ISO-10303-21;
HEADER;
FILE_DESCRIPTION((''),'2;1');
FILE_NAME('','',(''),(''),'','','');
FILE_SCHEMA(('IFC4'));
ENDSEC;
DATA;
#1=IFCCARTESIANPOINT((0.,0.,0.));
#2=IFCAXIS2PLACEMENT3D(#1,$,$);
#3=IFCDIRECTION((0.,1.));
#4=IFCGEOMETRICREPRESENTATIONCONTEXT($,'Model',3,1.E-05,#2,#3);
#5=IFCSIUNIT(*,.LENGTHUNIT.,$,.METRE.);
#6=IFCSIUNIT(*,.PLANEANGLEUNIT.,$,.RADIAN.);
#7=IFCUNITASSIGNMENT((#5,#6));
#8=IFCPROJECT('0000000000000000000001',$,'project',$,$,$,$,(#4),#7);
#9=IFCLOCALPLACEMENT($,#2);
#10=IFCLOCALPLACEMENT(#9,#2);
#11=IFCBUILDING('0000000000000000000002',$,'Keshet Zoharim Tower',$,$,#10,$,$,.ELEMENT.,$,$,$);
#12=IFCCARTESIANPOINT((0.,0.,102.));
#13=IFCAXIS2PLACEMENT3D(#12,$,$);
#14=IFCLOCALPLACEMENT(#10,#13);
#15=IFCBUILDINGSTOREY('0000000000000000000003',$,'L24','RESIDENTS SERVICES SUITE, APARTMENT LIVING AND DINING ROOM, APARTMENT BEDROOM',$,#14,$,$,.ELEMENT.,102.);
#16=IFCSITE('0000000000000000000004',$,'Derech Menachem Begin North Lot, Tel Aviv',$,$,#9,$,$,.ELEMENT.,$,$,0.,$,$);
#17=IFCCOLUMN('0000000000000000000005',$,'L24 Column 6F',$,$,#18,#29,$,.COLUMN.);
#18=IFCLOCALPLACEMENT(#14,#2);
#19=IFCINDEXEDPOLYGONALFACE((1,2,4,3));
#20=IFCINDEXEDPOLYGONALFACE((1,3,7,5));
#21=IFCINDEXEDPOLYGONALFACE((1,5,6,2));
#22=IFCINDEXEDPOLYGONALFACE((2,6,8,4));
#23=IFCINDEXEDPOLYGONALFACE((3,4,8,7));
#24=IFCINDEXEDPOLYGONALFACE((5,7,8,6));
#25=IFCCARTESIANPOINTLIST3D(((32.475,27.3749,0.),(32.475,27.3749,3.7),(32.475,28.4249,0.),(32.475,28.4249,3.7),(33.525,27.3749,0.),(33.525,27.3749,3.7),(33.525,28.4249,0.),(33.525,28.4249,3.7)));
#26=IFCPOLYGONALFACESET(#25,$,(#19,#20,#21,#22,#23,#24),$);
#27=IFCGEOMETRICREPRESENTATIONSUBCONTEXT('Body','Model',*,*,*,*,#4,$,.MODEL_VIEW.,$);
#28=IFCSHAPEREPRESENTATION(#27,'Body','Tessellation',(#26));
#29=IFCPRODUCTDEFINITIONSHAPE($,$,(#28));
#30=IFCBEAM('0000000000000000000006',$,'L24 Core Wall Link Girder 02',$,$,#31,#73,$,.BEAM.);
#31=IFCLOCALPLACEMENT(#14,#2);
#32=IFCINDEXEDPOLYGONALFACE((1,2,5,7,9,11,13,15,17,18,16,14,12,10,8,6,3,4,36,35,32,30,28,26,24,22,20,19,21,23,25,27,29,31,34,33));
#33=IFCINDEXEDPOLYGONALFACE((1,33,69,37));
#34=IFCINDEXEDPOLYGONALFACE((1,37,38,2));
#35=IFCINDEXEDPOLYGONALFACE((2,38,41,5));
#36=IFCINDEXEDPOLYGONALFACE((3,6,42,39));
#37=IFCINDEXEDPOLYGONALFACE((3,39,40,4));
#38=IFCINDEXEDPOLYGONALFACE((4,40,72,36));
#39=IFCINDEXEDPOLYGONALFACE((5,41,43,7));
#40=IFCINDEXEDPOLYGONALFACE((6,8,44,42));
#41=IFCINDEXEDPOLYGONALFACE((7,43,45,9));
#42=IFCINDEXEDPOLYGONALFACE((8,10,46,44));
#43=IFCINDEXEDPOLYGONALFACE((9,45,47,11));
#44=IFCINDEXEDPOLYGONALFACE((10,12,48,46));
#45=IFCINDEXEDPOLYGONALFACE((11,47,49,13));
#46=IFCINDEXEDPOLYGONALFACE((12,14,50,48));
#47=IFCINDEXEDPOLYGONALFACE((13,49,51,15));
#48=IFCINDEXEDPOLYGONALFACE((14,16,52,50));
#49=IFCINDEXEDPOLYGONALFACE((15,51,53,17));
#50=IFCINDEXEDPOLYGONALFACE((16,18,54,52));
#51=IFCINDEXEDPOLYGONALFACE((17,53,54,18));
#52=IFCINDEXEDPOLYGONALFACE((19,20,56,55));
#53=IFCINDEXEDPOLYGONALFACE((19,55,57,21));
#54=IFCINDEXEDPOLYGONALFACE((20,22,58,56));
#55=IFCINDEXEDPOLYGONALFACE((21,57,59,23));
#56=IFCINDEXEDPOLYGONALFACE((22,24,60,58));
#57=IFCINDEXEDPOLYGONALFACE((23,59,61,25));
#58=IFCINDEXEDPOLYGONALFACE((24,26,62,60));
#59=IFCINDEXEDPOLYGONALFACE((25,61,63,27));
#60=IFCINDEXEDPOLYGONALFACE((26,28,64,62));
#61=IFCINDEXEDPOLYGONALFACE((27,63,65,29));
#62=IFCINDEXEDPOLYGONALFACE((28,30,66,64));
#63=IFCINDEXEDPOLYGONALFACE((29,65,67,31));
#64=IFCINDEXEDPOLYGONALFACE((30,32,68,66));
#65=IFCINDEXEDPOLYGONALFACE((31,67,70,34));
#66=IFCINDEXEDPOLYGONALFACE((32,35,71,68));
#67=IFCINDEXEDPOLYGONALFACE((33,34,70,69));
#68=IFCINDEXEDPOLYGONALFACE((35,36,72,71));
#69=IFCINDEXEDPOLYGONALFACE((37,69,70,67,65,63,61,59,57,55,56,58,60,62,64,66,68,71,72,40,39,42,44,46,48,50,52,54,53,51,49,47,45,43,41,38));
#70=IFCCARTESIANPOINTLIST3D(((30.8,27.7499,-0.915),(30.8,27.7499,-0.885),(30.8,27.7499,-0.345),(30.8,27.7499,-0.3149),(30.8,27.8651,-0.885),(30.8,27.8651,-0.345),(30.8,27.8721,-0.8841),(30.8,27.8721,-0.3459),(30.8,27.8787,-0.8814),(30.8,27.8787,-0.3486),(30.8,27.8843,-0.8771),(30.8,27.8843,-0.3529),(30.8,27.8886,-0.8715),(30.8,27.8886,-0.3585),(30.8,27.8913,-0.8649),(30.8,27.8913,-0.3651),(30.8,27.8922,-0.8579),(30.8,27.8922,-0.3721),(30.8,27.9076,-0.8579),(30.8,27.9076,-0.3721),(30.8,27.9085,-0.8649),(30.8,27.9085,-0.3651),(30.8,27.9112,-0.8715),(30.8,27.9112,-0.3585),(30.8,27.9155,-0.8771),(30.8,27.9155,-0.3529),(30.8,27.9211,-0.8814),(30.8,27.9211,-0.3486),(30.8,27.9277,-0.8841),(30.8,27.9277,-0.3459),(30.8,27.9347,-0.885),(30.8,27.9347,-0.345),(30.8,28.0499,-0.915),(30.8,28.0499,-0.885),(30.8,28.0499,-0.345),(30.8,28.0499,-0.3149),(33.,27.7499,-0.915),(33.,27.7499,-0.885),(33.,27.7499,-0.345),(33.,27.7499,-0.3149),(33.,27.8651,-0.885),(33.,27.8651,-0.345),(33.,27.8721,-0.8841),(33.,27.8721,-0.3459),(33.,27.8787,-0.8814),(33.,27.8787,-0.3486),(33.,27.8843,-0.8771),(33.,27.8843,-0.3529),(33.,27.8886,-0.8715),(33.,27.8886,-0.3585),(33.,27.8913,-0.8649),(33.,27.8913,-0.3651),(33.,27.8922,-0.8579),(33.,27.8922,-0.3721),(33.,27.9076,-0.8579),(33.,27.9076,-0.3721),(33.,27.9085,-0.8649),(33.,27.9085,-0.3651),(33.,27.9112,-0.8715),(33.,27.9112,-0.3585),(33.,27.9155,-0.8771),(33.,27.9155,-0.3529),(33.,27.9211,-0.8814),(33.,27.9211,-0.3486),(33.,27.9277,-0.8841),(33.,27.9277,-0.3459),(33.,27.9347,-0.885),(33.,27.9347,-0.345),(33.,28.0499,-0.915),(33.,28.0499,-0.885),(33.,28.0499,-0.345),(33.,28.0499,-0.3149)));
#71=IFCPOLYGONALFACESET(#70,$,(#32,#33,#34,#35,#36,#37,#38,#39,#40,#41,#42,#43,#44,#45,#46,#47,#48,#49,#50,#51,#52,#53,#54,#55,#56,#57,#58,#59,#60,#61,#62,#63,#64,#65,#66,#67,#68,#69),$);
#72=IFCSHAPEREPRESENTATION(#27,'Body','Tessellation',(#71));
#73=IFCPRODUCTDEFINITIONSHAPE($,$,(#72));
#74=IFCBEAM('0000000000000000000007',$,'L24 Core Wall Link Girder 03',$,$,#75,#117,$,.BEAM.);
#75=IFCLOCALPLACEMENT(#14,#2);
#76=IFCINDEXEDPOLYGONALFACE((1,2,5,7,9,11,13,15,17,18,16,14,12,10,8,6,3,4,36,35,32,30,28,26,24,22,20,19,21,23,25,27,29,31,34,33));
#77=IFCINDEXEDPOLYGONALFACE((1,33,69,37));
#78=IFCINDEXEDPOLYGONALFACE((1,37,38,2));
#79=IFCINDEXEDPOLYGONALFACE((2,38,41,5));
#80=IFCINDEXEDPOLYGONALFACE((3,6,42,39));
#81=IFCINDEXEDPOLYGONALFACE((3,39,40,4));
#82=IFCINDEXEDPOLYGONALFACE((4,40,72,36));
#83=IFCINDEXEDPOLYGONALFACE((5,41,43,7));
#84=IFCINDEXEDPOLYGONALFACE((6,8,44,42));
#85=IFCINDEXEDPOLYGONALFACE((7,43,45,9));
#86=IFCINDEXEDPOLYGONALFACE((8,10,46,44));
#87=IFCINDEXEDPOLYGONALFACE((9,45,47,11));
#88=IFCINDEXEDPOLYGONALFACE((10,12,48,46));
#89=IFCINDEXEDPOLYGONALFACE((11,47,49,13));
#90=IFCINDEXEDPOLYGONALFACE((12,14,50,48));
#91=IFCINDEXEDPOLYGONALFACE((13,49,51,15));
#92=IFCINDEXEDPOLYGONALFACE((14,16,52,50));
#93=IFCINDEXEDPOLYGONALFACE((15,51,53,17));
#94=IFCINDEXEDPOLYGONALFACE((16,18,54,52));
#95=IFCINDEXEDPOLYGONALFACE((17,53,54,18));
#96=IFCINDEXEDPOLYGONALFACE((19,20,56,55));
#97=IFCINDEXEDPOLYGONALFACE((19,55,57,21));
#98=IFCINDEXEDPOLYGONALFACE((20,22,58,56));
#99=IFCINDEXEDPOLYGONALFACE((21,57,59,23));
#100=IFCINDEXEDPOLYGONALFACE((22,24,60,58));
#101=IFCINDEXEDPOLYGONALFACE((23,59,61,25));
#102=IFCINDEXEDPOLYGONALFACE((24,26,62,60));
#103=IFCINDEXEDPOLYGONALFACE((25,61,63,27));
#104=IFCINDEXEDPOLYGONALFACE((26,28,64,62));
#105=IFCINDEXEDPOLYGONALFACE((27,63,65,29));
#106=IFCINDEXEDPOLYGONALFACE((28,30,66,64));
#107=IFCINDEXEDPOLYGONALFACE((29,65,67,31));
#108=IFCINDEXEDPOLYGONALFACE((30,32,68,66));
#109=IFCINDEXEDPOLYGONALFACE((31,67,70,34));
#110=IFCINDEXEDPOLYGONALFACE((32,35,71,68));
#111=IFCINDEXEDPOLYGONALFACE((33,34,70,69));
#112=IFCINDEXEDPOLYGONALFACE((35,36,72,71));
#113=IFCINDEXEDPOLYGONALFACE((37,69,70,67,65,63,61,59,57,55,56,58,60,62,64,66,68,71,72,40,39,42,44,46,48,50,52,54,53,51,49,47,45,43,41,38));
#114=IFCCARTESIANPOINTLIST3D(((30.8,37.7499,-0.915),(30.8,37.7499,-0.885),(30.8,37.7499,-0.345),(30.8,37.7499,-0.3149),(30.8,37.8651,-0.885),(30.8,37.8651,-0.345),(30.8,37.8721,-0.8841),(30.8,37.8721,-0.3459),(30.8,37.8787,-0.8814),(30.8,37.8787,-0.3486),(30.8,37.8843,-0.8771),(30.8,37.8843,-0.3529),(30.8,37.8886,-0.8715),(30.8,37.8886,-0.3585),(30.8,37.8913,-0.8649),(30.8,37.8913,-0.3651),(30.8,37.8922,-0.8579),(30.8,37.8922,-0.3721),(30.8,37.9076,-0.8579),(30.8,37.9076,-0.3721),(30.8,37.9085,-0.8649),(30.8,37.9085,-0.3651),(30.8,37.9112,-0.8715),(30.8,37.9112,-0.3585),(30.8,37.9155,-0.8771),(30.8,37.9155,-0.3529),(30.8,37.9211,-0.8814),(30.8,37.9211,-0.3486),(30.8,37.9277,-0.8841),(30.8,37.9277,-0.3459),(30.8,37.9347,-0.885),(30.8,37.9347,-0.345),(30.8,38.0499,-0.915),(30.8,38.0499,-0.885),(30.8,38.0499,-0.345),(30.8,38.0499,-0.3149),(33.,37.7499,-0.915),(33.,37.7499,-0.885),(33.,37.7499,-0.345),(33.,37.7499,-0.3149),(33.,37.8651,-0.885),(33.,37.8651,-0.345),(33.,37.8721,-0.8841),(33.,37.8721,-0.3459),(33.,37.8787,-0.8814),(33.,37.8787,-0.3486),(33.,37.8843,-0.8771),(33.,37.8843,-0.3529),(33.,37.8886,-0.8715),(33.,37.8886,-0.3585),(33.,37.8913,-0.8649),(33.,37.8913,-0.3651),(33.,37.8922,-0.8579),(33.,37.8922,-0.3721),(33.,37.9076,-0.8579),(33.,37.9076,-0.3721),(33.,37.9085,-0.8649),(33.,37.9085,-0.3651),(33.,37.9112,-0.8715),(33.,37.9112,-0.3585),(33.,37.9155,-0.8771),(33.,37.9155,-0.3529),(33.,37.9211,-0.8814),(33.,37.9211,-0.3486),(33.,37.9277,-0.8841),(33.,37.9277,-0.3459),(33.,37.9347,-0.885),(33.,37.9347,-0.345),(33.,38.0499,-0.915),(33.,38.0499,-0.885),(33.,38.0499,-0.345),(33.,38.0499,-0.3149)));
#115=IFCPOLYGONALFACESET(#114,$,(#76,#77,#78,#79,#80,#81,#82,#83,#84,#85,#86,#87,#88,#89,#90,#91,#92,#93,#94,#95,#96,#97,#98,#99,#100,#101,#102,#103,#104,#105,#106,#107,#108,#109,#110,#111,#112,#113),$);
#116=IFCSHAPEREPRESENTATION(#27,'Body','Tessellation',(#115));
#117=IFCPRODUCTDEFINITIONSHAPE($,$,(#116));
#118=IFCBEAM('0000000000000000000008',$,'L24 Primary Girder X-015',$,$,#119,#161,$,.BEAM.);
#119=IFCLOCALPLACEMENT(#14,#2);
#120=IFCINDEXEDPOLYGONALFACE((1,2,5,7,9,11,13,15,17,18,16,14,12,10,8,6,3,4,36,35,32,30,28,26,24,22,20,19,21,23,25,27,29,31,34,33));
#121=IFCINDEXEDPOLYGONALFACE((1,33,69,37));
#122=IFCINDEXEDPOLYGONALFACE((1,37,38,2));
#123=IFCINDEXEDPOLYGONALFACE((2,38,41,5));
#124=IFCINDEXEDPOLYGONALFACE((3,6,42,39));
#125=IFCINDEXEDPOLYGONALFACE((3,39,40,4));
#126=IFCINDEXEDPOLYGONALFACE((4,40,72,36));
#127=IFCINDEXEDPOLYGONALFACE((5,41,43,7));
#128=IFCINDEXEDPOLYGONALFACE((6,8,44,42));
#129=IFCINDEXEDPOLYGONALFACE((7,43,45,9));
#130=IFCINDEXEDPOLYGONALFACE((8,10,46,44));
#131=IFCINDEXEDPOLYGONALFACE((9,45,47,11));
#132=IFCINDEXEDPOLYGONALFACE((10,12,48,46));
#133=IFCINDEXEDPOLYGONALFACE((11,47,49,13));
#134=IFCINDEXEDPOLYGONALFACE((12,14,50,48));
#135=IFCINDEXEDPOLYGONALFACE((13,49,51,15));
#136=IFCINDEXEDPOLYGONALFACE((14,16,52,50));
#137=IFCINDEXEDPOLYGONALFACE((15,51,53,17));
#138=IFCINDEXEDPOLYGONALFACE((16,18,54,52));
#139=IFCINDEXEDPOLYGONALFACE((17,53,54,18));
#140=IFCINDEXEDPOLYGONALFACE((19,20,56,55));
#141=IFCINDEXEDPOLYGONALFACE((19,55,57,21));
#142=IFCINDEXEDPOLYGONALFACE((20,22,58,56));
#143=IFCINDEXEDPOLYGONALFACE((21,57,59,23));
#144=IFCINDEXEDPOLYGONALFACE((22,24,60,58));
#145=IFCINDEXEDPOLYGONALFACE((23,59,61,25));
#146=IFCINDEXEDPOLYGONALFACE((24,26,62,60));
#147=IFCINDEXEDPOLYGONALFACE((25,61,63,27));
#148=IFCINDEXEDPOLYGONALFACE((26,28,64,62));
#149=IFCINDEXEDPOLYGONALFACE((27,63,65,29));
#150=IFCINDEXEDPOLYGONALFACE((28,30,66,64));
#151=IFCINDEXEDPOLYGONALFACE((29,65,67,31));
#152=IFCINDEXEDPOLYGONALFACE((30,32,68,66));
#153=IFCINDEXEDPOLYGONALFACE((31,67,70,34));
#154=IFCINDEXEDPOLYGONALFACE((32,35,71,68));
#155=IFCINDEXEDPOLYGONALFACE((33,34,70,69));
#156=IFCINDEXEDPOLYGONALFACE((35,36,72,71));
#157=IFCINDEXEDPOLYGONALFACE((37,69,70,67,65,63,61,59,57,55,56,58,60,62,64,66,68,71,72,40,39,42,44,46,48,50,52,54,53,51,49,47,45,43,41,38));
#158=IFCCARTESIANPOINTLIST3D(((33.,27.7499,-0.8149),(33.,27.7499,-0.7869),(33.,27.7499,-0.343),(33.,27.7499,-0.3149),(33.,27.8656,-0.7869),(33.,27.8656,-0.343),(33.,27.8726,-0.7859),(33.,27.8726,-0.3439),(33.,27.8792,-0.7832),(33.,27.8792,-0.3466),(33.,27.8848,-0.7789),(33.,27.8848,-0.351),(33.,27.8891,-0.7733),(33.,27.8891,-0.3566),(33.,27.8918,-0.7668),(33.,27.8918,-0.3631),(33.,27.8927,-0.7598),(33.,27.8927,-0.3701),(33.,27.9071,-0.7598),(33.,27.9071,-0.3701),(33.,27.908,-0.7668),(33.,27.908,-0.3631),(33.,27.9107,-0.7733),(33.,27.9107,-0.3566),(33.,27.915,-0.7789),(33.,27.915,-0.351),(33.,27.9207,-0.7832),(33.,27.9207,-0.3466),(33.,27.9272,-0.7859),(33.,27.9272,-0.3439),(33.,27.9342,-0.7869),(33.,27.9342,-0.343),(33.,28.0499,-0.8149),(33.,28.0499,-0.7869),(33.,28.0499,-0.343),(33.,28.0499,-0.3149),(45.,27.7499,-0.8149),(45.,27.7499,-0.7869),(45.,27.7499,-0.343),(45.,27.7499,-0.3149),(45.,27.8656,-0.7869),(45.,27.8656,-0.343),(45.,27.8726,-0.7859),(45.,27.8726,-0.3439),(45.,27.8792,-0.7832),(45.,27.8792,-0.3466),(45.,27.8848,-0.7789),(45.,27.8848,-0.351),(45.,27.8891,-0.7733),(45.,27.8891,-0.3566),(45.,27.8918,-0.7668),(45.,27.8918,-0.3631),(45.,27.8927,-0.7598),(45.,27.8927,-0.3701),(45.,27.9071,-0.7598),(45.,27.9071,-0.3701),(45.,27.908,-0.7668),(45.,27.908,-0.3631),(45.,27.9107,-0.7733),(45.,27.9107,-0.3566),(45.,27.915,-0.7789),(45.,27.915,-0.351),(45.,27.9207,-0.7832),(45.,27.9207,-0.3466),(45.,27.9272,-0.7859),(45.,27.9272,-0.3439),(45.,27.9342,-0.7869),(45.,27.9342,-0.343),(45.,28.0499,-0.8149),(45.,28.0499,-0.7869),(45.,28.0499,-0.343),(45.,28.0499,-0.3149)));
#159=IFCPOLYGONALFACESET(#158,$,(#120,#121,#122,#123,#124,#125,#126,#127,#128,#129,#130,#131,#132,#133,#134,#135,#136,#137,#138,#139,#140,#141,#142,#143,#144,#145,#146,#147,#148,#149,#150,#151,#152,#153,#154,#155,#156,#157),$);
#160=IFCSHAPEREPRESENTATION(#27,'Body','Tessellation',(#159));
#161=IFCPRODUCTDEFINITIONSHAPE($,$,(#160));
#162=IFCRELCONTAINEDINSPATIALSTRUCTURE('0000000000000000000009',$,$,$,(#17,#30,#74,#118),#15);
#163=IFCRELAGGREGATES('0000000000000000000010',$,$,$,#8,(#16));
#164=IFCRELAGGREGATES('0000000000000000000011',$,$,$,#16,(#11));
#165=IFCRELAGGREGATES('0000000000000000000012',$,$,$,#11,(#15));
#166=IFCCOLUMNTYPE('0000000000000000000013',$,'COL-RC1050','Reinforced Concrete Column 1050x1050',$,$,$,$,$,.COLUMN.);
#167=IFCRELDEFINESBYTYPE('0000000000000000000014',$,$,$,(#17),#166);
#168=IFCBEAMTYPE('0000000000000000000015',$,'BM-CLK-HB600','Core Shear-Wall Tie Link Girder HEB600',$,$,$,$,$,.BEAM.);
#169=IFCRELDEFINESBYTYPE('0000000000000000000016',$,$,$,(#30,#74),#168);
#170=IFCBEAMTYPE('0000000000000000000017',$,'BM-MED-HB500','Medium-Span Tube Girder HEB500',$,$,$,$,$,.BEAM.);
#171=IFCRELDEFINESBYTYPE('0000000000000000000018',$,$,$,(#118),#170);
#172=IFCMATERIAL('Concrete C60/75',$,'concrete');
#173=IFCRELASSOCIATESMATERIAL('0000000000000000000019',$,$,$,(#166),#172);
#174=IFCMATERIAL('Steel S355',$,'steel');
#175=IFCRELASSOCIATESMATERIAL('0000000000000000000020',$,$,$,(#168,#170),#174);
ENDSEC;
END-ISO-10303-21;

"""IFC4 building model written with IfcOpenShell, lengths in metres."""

from ifc_helpers import new_model, si_unit, direction, frame, origin, origin_2d, place, context, subcontext, project, spatial, rectangle, i_section, extrude, material, material_profile, profile_set, type_object, element, save


model = new_model("IFC4")

# Units and contexts
model_context = context("Model", 3, precision=1e-05, world=origin(), true_north=direction((0.0, 1.0)))
body_context = subcontext(model_context, "Body", "Model", "MODEL_VIEW")
ifc_project = project(units=[si_unit("LENGTHUNIT", "METRE"), si_unit("PLANEANGLEUNIT", "RADIAN")], contexts=[model_context])

# Site, building, storey
site_placement = place(None, origin())
site = spatial("IfcSite", under=ifc_project, at=site_placement, Name="Derech Menachem Begin North Lot, Tel Aviv", CompositionType="ELEMENT", RefElevation=0.0)
building_placement = place(site_placement, origin())
building = spatial("IfcBuilding", under=site, at=building_placement, Name="Keshet Zoharim Tower", CompositionType="ELEMENT")
storey_placement = place(building_placement, frame((0.0, 0.0, 102.0)))
storey = spatial("IfcBuildingStorey", under=building, at=storey_placement, Name="L24", Description="RESIDENTS SERVICES SUITE, APARTMENT LIVING AND DINING ROOM, APARTMENT BEDROOM", CompositionType="ELEMENT", Elevation=102.0)

# Column
ifc_material_1 = material(Name="Concrete C60/75", Category="concrete")
ifc_material_profile_1 = material_profile(ifc_material_1, rectangle(XDim=1.05, YDim=1.05, at=origin_2d()), Name="RC1050x1050")
ifc_profile_set_1 = profile_set([ifc_material_profile_1], Name="Concrete C60/75")
column_type = type_object("IfcColumnType", Name="COL-RC1050", Description="Reinforced Concrete Column 1050x1050", PredefinedType="COLUMN", material=ifc_profile_set_1)
column_placement = place(storey_placement, frame((33.0, 27.8999, 0.0), z_axis=(0.0, 0.0, 1.0), x_axis=(1.0, 0.0, 0.0)))
element("IfcColumn", 1, at=column_placement, inside=storey, type_object=column_type, Name="L24 Column 6F", PredefinedType="COLUMN", context=body_context, shape_type="SweptSolid", body=[
    extrude(rectangle(XDim=1.05, YDim=1.05, at=origin_2d()), origin(), (0.0, 0.0, 1.0), 3.7),
])

# Beams
ifc_material_2 = material(Name="Steel S355", Category="steel")
ifc_material_profile_2 = material_profile(ifc_material_2, i_section(OverallWidth=0.3, OverallDepth=0.6001, WebThickness=0.0154, FlangeThickness=0.03, FilletRadius=0.0271, at=origin_2d()), Name="HEB600")
ifc_profile_set_2 = profile_set([ifc_material_profile_2], Name="Steel S355")
beam_type_1 = type_object("IfcBeamType", Name="BM-CLK-HB600", Description="Core Shear-Wall Tie Link Girder HEB600", PredefinedType="BEAM", material=ifc_profile_set_2)
for number, where, z_axis, x_axis, name in (
    (2, (30.8, 27.8999, -0.615), (1.0, 0.0, 0.0), (0.0, 1.0, 0.0), "L24 Core Wall Link Girder 02"),
    (3, (30.8, 37.8999, -0.615), (1.0, 0.0, 0.0), (0.0, 1.0, 0.0), "L24 Core Wall Link Girder 03"),
):
    element("IfcBeam", number, at=place(storey_placement, frame(where, z_axis=z_axis, x_axis=x_axis)), inside=storey, type_object=beam_type_1, Name=name, PredefinedType="BEAM", context=body_context, shape_type="SweptSolid", body=[
        extrude(i_section(OverallWidth=0.3, OverallDepth=0.6001, WebThickness=0.0154, FlangeThickness=0.03, FilletRadius=0.0271, at=origin_2d()), origin(), (0.0, 0.0, 1.0), 2.2),
    ])
ifc_material_profile_3 = material_profile(ifc_material_2, i_section(OverallWidth=0.3, OverallDepth=0.5, WebThickness=0.0144, FlangeThickness=0.0281, FilletRadius=0.0271, at=origin_2d()), Name="HEB500")
ifc_profile_set_3 = profile_set([ifc_material_profile_3], Name="Steel S355")
beam_type_2 = type_object("IfcBeamType", Name="BM-MED-HB500", Description="Medium-Span Tube Girder HEB500", PredefinedType="BEAM", material=ifc_profile_set_3)
beam_1_placement = place(storey_placement, frame((33.0, 27.8999, -0.5649), z_axis=(1.0, 0.0, 0.0), x_axis=(0.0, 1.0, 0.0)))
element("IfcBeam", 4, at=beam_1_placement, inside=storey, type_object=beam_type_2, Name="L24 Primary Girder X-015", PredefinedType="BEAM", context=body_context, shape_type="SweptSolid", body=[
    extrude(i_section(OverallWidth=0.3, OverallDepth=0.5, WebThickness=0.0144, FlangeThickness=0.0281, FilletRadius=0.0271, at=origin_2d()), origin(), (0.0, 0.0, 1.0), 12.0),
])

save(model, "model.ifc")
